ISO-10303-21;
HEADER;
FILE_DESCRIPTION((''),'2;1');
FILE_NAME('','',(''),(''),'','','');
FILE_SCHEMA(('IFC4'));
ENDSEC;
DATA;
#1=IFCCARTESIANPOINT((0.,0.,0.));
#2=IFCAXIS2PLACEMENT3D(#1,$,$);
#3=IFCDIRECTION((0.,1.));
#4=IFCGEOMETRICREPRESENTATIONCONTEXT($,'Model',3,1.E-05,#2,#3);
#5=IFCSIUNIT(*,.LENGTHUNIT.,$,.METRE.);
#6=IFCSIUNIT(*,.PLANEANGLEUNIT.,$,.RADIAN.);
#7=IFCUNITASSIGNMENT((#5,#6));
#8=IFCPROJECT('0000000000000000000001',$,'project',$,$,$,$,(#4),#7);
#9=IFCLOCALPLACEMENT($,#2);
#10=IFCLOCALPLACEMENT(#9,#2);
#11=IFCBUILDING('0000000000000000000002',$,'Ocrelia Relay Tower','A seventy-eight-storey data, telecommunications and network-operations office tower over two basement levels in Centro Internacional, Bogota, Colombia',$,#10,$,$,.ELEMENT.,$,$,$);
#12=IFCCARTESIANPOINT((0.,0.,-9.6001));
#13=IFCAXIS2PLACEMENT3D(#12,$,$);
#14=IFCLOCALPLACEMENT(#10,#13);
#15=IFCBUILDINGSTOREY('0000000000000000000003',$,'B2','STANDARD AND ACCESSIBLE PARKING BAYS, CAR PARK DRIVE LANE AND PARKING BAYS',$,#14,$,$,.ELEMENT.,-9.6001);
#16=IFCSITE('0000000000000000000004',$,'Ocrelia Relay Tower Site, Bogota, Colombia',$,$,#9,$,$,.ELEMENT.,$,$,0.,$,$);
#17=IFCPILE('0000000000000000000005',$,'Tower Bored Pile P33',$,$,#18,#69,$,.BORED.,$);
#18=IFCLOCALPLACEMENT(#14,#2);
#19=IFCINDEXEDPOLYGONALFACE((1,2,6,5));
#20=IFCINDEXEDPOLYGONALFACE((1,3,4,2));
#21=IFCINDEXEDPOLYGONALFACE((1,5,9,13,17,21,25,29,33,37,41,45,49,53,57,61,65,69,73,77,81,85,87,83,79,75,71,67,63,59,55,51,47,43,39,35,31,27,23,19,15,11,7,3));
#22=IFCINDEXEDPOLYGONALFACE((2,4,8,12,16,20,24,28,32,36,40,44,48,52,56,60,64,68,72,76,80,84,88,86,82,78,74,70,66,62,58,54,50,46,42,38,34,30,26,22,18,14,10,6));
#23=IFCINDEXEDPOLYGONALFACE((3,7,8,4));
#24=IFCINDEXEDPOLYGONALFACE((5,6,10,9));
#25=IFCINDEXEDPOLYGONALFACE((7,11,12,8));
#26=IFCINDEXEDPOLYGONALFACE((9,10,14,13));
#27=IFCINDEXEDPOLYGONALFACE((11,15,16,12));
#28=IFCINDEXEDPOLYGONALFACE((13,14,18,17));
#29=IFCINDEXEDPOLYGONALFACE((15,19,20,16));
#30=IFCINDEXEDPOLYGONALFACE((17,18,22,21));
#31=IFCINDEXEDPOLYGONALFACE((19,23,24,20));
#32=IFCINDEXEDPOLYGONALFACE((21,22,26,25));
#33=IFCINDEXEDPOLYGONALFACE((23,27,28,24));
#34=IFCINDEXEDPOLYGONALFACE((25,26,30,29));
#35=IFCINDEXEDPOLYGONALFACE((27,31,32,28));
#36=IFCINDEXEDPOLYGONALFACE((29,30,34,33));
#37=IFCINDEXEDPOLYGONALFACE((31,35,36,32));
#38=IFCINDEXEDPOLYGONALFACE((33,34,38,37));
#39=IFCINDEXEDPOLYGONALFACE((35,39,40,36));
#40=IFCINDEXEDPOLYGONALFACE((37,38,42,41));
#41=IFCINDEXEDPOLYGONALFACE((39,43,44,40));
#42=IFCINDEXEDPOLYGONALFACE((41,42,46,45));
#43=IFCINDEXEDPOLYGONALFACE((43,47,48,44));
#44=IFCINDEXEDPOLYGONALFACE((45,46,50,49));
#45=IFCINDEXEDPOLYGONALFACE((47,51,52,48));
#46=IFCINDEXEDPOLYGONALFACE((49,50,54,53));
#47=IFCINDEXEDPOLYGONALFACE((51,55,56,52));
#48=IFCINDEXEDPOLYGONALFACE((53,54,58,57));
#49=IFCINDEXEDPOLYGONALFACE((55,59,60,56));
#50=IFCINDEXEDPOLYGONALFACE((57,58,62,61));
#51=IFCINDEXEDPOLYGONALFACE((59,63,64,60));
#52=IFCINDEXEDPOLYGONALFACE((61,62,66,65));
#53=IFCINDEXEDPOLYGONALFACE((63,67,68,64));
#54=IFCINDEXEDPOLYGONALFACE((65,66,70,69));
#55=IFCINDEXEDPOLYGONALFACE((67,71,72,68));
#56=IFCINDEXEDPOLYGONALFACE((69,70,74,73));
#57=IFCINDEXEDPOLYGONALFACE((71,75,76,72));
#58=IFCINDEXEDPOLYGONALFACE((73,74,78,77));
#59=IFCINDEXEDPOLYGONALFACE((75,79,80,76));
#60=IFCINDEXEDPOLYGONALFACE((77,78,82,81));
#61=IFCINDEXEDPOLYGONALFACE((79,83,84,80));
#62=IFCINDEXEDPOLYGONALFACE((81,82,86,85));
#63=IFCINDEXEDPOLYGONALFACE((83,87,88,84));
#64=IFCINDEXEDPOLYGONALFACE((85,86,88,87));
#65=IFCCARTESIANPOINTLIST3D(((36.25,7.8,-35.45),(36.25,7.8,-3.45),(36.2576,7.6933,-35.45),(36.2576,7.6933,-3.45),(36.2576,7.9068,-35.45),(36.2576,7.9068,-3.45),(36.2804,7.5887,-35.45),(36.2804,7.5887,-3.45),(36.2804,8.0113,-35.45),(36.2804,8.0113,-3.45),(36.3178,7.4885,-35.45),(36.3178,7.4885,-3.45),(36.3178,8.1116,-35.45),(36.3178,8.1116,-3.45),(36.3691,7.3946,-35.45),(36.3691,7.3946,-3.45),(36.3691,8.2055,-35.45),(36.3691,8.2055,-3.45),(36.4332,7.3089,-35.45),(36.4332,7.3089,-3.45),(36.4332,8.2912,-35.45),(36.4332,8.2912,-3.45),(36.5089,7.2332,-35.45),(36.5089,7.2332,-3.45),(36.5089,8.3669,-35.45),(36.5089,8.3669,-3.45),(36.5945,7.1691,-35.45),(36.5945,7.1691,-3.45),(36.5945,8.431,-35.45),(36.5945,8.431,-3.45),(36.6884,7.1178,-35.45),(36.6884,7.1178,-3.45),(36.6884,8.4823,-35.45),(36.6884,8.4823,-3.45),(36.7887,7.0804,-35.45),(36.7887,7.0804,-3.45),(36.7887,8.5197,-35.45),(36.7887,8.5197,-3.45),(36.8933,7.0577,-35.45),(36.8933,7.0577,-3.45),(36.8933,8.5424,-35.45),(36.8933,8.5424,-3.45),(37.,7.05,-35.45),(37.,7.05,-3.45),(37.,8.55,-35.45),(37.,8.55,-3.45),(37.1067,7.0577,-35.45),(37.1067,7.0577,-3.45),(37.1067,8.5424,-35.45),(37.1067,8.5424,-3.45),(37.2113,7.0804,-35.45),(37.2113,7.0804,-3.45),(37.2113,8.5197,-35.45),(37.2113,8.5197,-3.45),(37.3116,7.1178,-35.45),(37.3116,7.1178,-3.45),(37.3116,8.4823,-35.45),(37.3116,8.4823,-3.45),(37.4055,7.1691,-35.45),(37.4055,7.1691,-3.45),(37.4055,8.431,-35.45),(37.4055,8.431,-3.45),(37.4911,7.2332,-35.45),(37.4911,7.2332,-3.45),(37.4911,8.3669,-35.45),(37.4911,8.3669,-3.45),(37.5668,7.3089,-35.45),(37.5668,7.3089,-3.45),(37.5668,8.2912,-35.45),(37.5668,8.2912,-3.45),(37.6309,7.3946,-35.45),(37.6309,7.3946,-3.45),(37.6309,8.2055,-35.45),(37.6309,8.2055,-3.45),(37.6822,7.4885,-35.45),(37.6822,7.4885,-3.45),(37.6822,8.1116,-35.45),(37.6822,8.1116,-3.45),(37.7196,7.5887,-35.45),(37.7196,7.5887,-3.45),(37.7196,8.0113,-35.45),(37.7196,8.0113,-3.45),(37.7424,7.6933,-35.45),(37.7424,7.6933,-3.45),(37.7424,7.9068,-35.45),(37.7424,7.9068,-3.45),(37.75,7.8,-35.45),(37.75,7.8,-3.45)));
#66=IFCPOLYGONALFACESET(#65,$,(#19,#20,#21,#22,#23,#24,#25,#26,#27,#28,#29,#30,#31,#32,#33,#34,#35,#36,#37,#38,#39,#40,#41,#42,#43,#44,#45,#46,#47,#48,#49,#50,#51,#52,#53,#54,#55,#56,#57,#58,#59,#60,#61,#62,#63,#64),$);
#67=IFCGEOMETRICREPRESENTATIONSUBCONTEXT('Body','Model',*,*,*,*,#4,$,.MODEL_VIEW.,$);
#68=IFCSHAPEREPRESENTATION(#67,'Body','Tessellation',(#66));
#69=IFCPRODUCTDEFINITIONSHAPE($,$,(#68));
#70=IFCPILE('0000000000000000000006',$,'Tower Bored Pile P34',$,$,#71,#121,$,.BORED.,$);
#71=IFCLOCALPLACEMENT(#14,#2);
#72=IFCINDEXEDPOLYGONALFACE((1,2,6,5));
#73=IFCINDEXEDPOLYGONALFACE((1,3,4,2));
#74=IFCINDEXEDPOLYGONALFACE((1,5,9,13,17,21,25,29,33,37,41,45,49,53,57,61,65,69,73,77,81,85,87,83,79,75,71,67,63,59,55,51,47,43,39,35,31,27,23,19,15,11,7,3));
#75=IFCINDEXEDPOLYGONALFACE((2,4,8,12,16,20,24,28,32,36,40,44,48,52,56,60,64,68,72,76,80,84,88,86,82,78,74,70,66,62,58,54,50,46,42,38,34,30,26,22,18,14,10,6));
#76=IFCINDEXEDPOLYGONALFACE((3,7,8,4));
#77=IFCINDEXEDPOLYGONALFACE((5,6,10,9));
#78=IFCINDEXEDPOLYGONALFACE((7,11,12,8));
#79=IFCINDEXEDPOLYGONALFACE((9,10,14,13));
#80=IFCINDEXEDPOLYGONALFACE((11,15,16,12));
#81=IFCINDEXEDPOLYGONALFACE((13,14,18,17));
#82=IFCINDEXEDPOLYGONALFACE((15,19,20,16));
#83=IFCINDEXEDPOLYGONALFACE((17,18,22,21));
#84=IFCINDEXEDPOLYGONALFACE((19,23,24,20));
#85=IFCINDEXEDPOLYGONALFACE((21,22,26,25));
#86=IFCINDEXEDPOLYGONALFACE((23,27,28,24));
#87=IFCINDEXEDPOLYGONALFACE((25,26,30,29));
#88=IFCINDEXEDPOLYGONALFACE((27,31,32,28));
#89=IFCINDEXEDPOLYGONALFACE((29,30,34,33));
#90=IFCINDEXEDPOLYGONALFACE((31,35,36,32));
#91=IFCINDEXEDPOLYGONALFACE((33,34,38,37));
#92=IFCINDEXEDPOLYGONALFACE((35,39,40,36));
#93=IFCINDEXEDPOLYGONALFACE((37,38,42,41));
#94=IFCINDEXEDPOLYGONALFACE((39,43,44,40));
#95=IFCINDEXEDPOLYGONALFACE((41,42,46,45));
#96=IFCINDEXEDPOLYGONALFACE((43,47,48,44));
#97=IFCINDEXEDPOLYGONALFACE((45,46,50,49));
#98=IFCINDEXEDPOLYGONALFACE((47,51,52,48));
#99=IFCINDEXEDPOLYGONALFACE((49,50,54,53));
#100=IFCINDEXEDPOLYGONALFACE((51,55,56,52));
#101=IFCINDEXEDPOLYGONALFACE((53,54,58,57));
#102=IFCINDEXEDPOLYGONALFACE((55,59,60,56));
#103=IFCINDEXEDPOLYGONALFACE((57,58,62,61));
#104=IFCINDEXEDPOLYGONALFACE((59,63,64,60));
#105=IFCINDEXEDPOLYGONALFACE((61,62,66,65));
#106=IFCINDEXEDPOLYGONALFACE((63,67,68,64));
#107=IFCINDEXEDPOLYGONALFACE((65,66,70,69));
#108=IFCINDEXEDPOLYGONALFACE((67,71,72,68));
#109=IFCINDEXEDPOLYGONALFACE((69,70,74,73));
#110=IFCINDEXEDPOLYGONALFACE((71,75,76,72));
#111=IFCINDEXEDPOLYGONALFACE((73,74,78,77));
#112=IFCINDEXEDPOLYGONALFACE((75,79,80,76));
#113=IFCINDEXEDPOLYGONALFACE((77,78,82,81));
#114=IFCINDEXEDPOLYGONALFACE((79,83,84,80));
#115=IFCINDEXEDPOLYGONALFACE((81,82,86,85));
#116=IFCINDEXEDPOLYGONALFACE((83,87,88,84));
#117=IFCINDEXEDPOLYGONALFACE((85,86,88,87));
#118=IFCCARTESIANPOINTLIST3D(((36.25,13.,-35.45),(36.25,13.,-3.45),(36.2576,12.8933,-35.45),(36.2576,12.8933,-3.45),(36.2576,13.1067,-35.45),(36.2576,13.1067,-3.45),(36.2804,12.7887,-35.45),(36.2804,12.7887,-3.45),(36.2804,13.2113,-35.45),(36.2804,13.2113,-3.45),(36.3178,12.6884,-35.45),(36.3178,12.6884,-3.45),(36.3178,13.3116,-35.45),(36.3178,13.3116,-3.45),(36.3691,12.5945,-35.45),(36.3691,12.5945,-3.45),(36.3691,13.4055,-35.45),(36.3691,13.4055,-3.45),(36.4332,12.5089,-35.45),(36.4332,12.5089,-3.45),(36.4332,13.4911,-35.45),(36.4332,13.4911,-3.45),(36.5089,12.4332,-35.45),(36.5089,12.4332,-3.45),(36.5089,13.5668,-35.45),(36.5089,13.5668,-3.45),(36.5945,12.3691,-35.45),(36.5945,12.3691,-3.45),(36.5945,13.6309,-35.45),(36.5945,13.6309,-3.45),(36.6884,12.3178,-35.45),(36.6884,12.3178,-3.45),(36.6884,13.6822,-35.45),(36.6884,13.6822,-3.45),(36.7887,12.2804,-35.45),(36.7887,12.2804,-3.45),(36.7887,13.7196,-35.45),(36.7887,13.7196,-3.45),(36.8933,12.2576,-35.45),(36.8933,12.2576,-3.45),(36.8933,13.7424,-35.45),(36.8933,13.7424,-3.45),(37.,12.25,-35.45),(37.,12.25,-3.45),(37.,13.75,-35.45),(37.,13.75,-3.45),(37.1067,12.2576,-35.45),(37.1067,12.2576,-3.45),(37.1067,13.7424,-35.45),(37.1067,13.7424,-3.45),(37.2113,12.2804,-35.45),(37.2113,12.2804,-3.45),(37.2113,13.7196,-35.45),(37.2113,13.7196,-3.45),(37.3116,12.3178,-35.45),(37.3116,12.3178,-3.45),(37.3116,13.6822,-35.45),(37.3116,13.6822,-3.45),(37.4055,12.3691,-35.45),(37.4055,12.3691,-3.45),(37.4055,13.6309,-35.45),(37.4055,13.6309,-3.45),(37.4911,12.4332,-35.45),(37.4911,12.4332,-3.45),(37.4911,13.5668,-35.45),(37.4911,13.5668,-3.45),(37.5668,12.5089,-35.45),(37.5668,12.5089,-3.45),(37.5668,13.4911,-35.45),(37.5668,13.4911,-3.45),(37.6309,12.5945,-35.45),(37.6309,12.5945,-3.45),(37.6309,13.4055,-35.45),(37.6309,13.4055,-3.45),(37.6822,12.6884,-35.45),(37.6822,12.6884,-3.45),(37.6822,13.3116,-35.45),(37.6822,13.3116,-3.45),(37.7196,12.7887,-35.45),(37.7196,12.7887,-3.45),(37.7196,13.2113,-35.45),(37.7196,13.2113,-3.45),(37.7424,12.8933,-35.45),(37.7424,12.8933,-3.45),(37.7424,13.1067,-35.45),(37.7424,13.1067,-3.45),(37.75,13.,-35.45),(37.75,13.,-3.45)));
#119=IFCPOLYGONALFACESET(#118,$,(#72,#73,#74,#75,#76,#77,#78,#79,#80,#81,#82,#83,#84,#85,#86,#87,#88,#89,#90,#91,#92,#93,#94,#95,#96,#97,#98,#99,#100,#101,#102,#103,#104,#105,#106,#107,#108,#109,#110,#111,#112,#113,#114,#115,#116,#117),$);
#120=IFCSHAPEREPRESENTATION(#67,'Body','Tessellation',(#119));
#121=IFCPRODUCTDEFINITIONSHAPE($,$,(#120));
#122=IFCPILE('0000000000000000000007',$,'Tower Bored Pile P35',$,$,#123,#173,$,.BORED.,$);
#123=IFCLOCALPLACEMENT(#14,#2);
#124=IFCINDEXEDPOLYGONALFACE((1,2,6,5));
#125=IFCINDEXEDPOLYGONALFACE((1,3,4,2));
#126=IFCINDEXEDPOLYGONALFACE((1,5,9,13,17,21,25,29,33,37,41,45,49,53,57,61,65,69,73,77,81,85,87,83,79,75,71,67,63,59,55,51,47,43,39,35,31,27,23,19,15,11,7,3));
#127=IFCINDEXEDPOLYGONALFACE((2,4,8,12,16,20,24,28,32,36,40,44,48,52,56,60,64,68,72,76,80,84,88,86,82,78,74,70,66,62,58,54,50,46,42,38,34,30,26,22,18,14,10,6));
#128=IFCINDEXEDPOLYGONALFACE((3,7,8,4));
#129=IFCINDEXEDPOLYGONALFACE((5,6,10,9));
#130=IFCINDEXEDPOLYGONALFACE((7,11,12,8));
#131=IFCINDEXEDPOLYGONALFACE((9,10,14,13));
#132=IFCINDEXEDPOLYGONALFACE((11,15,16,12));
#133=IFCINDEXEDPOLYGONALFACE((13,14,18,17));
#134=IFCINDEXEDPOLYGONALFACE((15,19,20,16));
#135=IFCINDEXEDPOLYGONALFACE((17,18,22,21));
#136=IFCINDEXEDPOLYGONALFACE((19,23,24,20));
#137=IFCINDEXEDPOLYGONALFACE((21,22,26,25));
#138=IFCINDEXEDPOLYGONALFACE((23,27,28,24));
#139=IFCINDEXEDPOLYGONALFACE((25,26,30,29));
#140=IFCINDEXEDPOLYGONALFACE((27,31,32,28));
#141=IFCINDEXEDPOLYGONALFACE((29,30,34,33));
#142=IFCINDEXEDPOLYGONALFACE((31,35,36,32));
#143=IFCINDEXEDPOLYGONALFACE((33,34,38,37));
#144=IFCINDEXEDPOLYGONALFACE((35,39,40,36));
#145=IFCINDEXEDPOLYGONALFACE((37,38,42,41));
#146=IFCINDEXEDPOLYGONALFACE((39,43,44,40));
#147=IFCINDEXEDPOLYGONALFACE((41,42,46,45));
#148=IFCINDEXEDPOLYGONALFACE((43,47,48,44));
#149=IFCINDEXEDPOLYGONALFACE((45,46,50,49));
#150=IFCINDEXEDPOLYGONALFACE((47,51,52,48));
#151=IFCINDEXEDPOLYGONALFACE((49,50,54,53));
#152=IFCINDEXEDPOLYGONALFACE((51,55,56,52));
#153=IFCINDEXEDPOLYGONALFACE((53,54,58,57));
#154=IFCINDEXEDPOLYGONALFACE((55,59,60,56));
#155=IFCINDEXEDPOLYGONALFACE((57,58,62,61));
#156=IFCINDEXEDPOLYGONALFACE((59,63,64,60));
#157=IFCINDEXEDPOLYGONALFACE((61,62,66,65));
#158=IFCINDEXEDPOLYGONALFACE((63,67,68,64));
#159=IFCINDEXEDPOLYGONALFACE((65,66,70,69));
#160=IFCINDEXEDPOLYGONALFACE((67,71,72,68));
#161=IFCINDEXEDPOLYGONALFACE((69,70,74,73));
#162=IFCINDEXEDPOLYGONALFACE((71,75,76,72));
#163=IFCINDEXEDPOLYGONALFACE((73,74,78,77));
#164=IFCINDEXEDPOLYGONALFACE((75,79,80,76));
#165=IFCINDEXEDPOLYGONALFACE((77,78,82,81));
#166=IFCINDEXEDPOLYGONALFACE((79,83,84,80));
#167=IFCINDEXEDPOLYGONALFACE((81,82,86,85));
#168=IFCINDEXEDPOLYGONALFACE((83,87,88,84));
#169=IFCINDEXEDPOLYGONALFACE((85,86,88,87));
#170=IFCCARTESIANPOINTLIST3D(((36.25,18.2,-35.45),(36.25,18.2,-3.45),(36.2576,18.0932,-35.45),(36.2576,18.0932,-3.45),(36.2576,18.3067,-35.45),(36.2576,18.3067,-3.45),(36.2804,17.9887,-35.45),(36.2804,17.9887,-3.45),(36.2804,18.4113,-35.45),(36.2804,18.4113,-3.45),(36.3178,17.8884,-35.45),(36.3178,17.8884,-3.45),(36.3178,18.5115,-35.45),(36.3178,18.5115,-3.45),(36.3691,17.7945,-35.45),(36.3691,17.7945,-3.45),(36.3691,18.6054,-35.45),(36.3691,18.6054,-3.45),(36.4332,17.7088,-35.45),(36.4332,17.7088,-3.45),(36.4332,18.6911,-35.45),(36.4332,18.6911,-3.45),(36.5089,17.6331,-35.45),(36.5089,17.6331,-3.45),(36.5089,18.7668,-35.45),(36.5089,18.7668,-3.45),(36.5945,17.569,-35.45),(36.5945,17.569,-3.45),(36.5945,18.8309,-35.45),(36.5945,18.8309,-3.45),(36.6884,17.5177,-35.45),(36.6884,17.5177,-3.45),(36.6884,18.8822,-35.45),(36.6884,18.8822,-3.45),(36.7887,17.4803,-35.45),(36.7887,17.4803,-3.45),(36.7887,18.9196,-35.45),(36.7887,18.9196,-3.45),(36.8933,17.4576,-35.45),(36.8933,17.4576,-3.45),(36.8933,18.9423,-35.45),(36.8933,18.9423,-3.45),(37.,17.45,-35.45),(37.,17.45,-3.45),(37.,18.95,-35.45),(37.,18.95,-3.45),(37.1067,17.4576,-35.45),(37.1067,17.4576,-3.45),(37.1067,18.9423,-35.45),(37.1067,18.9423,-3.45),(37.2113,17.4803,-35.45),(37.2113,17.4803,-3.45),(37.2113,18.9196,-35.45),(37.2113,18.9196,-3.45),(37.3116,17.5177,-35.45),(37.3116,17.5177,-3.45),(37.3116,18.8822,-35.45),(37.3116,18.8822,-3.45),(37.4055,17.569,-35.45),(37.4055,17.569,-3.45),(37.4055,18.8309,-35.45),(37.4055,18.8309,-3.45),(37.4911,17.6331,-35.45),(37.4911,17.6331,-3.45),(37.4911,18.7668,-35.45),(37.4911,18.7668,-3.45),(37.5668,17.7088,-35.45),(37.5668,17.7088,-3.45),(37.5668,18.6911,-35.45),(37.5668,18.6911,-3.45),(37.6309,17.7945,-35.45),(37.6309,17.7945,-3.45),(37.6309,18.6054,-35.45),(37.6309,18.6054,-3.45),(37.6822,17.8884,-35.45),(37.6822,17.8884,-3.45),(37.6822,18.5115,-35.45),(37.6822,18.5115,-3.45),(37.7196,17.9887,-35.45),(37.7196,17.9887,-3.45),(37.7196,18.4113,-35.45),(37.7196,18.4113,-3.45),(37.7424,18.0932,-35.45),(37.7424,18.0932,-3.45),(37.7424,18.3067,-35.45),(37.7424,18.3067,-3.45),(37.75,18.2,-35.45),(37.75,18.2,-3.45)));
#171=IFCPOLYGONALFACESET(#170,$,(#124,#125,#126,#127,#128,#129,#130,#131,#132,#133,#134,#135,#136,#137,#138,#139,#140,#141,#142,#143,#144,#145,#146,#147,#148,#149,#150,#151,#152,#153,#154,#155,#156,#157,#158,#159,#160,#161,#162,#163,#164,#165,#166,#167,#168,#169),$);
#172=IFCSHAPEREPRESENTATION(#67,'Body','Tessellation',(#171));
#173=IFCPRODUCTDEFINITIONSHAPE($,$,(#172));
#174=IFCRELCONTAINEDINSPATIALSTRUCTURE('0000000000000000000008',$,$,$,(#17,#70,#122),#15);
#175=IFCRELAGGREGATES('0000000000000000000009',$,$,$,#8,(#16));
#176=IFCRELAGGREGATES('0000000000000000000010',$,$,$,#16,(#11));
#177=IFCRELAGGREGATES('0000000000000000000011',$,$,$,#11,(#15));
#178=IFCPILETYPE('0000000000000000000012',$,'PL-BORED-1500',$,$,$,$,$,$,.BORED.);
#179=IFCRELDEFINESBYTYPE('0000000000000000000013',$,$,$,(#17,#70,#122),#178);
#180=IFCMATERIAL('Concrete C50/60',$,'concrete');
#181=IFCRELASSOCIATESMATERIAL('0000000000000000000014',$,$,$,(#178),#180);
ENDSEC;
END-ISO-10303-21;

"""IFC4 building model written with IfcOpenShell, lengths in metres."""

from ifc_helpers import new_model, si_unit, direction, frame, origin, origin_2d, place, context, subcontext, project, spatial, circle, extrude, material, material_profile, profile_set, type_object, element, save


model = new_model("IFC4")

# Units and contexts
model_context = context("Model", 3, precision=1e-05, world=origin(), true_north=direction((0.0, 1.0)))
body_context = subcontext(model_context, "Body", "Model", "MODEL_VIEW")
ifc_project = project(units=[si_unit("LENGTHUNIT", "METRE"), si_unit("PLANEANGLEUNIT", "RADIAN")], contexts=[model_context])

# Site, building, storey
site_placement = place(None, origin())
site = spatial("IfcSite", under=ifc_project, at=site_placement, Name="Ocrelia Relay Tower Site, Bogota, Colombia", CompositionType="ELEMENT", RefElevation=0.0)
building_placement = place(site_placement, origin())
building = spatial("IfcBuilding", under=site, at=building_placement, Name="Ocrelia Relay Tower", Description="A seventy-eight-storey data, telecommunications and network-operations office tower over two basement levels in Centro Internacional, Bogota, Colombia", CompositionType="ELEMENT")
storey_placement = place(building_placement, frame((0.0, 0.0, -9.6001)))
storey = spatial("IfcBuildingStorey", under=building, at=storey_placement, Name="B2", Description="STANDARD AND ACCESSIBLE PARKING BAYS, CAR PARK DRIVE LANE AND PARKING BAYS", CompositionType="ELEMENT", Elevation=-9.6001)

# Piles
ifc_material_1 = material(Name="Concrete C50/60", Category="concrete")
ifc_material_profile_1 = material_profile(ifc_material_1, circle(Radius=0.75, at=origin_2d()), Name="PILE-1500")
ifc_profile_set_1 = profile_set([ifc_material_profile_1], Name="Concrete C50/60")
pile_type = type_object("IfcPileType", Name="PL-BORED-1500", PredefinedType="BORED", material=ifc_profile_set_1)
for number, where, z_axis, x_axis, name in (
    (1, (37.0, 7.8, -3.45), (0.0, 0.0, -1.0), (1.0, 0.0, 0.0), "Tower Bored Pile P33"),
    (2, (37.0, 13.0, -3.45), (0.0, 0.0, -1.0), (1.0, 0.0, 0.0), "Tower Bored Pile P34"),
    (3, (37.0, 18.2, -3.45), (0.0, 0.0, -1.0), (1.0, 0.0, 0.0), "Tower Bored Pile P35"),
):
    element("IfcPile", number, at=place(storey_placement, frame(where, z_axis=z_axis, x_axis=x_axis)), inside=storey, type_object=pile_type, Name=name, PredefinedType="BORED", context=body_context, shape_type="SweptSolid", body=[
        extrude(circle(Radius=0.75, at=origin_2d()), origin(), (0.0, 0.0, 1.0), 32.0),
    ])

save(model, "model.ifc")
